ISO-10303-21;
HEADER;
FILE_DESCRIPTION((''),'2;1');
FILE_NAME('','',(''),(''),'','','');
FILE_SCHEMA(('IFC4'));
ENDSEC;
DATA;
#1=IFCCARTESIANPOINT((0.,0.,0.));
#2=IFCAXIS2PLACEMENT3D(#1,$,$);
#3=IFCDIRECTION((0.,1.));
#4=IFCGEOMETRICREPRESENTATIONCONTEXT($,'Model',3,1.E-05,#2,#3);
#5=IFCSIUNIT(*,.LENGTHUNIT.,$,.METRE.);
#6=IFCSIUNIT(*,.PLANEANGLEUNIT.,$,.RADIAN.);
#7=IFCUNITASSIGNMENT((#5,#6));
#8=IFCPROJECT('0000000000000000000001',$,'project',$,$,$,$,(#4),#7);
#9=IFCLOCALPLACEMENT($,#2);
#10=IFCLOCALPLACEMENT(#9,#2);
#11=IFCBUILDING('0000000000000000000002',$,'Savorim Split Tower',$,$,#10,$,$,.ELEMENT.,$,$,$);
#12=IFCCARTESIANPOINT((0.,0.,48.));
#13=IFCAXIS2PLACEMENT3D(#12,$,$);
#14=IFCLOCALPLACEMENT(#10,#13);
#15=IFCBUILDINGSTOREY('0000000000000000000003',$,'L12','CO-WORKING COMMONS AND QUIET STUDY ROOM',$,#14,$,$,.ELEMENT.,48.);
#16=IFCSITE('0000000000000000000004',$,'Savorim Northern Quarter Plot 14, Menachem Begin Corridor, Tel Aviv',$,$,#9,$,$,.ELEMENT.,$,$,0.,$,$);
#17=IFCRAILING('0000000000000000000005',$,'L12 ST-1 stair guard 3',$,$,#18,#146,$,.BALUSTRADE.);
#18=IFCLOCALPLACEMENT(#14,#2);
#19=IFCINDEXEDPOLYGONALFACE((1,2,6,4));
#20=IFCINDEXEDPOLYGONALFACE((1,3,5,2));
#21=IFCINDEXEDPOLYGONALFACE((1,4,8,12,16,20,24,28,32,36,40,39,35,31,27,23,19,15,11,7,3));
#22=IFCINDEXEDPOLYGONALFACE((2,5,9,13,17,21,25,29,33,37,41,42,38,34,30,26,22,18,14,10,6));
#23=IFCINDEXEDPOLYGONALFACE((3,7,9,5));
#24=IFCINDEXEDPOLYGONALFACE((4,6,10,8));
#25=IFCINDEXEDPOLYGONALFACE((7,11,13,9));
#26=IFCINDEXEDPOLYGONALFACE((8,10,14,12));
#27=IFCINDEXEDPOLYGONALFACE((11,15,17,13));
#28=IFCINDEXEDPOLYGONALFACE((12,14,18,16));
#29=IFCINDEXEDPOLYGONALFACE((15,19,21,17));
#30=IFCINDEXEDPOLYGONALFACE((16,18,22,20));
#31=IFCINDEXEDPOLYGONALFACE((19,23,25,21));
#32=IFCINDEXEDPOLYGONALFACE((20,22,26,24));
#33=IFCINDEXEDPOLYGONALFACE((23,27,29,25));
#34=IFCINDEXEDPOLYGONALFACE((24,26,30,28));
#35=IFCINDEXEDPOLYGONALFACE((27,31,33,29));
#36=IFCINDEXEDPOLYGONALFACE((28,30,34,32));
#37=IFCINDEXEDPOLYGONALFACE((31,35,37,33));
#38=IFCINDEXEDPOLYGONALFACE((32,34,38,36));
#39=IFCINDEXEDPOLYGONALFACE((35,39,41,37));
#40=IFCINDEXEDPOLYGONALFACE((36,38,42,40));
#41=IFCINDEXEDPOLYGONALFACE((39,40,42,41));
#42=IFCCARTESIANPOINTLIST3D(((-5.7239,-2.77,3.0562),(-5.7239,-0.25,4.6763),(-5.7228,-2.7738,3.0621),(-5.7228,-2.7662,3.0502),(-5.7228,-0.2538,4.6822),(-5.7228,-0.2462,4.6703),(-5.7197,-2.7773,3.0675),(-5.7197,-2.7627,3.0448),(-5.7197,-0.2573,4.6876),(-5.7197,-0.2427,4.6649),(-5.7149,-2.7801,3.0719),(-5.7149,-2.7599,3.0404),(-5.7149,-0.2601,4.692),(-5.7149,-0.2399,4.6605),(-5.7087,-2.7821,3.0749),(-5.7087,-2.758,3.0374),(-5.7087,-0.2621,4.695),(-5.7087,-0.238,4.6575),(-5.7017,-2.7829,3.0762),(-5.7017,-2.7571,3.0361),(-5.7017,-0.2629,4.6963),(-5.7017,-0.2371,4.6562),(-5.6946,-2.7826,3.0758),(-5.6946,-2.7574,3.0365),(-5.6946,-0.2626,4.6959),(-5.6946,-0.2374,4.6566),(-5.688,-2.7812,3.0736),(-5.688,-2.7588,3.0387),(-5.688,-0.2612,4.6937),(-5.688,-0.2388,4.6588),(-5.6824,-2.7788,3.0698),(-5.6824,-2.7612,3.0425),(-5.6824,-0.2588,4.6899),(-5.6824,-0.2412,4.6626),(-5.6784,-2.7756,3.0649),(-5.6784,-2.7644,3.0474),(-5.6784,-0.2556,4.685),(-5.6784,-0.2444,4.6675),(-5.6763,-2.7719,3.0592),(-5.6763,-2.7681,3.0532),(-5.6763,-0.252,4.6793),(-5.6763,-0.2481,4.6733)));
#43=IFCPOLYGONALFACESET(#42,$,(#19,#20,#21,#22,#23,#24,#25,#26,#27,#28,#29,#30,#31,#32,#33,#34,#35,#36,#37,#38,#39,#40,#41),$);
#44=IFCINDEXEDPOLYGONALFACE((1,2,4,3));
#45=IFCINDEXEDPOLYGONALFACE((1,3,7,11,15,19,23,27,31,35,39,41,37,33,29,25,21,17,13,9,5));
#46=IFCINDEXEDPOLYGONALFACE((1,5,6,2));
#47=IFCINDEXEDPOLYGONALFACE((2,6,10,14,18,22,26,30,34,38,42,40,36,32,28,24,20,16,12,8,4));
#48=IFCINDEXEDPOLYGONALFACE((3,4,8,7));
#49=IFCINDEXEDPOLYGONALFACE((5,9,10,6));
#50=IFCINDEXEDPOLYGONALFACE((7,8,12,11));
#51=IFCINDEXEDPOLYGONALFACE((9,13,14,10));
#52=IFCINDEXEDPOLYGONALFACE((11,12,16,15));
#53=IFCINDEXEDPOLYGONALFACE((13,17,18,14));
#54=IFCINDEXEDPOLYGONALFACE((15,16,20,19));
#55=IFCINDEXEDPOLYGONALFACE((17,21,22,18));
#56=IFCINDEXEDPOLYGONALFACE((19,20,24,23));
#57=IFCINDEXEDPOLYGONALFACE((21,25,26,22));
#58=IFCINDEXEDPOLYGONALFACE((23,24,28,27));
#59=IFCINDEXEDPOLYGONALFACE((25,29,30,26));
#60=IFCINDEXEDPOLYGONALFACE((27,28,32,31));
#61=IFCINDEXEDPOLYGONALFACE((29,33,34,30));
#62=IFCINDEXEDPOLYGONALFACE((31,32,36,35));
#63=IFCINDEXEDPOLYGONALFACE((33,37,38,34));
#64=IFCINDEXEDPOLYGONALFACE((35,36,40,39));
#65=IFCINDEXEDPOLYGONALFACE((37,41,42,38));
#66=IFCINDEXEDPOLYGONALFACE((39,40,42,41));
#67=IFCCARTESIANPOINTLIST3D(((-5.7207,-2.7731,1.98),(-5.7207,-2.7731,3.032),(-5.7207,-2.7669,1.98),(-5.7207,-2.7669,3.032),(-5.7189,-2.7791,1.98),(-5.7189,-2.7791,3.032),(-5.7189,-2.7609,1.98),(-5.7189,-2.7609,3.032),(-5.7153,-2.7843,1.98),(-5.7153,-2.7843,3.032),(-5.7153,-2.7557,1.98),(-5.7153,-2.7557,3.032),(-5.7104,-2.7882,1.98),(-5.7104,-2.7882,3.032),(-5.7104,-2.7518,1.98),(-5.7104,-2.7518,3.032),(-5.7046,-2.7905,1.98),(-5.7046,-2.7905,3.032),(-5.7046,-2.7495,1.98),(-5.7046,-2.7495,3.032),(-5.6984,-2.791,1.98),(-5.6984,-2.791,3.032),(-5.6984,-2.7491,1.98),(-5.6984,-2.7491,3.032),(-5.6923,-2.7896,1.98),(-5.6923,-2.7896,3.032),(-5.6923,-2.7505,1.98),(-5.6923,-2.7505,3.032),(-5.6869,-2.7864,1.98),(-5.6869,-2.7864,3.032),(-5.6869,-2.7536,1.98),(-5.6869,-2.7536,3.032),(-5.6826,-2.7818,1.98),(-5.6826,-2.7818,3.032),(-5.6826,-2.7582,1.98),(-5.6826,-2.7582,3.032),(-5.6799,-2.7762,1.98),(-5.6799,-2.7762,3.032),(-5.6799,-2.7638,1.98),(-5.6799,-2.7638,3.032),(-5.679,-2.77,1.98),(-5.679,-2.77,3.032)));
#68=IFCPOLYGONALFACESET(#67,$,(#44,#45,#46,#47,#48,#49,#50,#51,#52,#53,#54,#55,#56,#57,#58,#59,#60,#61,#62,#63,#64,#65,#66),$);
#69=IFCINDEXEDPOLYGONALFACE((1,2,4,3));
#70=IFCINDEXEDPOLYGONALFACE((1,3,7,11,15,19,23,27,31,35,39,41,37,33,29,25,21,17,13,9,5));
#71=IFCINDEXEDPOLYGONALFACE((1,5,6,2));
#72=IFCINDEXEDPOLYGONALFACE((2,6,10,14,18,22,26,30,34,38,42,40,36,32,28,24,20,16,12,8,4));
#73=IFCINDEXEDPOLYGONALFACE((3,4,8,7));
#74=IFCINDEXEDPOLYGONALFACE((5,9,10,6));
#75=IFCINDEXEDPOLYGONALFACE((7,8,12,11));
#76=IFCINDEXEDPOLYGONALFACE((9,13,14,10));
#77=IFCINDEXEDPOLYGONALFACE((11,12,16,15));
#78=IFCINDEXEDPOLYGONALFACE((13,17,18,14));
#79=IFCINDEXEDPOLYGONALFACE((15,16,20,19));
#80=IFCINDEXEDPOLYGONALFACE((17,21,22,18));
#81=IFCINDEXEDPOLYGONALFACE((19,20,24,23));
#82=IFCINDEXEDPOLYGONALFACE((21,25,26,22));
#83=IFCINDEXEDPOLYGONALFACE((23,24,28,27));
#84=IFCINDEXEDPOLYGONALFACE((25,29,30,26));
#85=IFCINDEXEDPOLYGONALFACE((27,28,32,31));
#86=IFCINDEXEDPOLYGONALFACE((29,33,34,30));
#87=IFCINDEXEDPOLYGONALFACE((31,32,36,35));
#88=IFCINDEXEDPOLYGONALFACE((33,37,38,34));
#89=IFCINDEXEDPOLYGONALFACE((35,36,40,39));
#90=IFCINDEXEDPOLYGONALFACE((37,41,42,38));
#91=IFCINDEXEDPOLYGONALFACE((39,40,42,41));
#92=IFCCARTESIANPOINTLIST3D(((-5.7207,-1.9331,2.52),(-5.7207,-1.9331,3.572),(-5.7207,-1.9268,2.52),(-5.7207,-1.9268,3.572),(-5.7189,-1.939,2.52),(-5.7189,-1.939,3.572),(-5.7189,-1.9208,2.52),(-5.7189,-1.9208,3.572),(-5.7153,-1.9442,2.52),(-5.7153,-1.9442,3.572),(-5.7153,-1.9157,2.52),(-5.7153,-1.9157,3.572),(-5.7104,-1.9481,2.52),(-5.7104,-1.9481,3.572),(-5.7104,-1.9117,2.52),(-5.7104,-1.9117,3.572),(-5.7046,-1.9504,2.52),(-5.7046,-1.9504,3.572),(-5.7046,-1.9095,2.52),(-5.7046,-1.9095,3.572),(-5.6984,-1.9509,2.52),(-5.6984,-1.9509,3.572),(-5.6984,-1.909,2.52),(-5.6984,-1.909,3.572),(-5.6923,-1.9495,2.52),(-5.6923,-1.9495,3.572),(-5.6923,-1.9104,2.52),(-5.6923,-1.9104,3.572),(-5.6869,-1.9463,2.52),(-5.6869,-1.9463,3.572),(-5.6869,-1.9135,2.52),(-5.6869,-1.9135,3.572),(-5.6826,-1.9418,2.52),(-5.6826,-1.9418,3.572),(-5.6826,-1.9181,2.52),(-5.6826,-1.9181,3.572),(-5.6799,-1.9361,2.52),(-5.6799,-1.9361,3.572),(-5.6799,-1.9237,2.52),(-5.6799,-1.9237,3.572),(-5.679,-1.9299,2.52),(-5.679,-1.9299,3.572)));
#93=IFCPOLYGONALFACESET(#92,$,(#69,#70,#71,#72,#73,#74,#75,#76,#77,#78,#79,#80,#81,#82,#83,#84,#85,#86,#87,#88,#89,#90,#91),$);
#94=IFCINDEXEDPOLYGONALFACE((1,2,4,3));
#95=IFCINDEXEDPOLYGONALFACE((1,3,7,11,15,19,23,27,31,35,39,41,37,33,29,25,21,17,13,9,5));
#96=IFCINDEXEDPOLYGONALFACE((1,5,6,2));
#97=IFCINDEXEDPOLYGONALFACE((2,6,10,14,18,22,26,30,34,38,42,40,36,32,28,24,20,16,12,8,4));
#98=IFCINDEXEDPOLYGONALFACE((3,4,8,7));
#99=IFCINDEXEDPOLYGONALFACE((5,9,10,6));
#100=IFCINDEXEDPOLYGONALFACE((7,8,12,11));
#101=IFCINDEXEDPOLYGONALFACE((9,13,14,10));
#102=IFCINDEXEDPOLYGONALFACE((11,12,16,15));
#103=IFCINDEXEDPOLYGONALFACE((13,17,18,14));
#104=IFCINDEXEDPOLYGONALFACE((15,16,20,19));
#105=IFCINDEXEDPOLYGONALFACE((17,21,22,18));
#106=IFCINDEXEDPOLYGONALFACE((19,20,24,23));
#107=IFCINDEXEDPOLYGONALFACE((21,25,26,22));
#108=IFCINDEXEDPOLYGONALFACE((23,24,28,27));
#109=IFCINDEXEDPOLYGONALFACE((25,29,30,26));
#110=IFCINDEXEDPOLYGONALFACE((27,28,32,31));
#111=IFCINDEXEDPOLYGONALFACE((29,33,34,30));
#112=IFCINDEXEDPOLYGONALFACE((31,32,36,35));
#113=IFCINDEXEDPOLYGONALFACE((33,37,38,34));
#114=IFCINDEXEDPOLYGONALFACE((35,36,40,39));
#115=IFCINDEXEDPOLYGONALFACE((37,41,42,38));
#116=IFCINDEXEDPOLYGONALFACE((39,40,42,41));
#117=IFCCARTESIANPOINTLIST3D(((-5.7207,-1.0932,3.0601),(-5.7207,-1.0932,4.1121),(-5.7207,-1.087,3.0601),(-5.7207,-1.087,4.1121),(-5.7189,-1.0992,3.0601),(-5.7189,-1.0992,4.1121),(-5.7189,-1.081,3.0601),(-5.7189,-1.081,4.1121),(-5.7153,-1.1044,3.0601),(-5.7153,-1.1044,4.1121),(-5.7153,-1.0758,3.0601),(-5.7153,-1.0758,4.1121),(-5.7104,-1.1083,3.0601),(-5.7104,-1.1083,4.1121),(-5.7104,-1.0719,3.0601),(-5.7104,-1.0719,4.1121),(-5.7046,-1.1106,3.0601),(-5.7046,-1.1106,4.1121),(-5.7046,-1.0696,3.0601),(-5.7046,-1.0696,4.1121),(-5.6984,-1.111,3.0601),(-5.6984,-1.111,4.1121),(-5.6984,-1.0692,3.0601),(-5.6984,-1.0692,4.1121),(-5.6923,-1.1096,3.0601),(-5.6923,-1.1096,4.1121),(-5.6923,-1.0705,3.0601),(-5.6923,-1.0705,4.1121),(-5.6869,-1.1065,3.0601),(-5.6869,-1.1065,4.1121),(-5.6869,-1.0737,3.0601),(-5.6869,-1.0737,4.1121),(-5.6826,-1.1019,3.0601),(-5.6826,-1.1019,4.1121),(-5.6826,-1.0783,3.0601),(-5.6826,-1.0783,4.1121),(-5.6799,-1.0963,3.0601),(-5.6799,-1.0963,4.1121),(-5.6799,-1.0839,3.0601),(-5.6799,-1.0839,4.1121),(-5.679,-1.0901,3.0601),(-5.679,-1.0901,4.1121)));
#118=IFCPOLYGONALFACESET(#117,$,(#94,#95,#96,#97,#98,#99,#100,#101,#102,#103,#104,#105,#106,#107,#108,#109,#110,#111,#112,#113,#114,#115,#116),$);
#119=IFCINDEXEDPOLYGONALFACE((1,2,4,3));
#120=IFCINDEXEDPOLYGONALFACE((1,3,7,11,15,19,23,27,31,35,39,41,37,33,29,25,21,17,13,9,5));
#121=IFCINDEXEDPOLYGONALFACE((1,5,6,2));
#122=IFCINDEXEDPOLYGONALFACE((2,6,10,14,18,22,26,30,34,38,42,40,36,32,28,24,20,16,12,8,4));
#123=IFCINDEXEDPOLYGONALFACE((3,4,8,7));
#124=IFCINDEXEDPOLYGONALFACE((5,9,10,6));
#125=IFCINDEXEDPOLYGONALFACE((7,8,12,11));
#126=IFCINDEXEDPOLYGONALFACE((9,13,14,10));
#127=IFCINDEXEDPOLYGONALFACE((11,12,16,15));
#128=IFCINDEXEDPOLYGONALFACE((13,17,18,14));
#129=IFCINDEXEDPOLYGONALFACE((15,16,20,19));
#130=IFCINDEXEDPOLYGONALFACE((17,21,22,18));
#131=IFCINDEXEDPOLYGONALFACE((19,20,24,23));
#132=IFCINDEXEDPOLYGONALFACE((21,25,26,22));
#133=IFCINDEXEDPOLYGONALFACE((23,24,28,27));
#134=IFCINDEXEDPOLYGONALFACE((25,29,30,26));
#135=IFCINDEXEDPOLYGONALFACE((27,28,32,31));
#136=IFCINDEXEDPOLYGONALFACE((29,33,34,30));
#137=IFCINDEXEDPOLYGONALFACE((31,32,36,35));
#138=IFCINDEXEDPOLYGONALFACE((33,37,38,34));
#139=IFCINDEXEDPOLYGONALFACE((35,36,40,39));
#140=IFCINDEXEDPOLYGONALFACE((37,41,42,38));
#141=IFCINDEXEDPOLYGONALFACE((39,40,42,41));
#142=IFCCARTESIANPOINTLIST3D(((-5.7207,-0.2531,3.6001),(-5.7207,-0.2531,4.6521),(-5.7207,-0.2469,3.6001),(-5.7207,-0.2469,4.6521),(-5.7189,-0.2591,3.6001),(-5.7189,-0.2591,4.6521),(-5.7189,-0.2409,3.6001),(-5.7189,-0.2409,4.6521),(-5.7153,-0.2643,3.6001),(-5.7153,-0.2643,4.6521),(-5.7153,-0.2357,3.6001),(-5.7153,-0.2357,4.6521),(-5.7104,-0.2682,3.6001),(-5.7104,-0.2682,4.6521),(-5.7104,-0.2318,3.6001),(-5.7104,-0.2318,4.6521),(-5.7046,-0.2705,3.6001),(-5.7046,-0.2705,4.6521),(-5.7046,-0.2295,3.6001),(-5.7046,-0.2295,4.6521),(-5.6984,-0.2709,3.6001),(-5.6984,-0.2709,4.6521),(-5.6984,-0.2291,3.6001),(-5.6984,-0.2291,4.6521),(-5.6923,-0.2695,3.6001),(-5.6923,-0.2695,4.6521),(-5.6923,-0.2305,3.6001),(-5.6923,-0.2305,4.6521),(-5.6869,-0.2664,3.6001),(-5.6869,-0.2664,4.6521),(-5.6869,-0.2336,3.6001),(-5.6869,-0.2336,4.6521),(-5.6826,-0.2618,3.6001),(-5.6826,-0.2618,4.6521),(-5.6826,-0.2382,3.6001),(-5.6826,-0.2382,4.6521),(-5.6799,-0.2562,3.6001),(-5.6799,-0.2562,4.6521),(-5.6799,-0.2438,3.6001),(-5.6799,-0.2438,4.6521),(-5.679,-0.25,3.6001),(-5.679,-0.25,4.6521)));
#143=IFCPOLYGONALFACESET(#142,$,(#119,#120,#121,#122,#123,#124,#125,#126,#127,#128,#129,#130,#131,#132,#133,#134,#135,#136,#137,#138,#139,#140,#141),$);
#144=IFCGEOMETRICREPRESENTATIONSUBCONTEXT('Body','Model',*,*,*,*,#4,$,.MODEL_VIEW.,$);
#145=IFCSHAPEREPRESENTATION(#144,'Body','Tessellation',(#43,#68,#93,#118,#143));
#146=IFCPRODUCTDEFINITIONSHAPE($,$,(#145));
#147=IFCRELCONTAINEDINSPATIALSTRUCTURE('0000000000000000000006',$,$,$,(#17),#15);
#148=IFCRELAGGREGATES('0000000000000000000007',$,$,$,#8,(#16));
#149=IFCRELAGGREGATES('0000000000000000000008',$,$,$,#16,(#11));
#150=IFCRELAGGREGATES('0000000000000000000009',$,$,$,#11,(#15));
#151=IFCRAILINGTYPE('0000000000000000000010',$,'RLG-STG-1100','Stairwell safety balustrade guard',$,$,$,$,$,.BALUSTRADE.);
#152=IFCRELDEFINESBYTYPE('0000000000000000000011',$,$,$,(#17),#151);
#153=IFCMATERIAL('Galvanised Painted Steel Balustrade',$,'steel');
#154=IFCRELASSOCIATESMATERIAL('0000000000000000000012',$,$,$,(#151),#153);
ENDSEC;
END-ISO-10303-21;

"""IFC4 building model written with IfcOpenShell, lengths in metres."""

from ifc_helpers import new_model, si_unit, direction, frame, origin, origin_2d, place, context, subcontext, project, spatial, circle, extrude, material, type_object, element, save


model = new_model("IFC4")

# Units and contexts
model_context = context("Model", 3, precision=1e-05, world=origin(), true_north=direction((0.0, 1.0)))
body_context = subcontext(model_context, "Body", "Model", "MODEL_VIEW")
ifc_project = project(units=[si_unit("LENGTHUNIT", "METRE"), si_unit("PLANEANGLEUNIT", "RADIAN")], contexts=[model_context])

# Site, building, storey
site_placement = place(None, origin())
site = spatial("IfcSite", under=ifc_project, at=site_placement, Name="Savorim Northern Quarter Plot 14, Menachem Begin Corridor, Tel Aviv", CompositionType="ELEMENT", RefElevation=0.0)
building_placement = place(site_placement, origin())
building = spatial("IfcBuilding", under=site, at=building_placement, Name="Savorim Split Tower", CompositionType="ELEMENT")
storey_placement = place(building_placement, frame((0.0, 0.0, 48.0)))
storey = spatial("IfcBuildingStorey", under=building, at=storey_placement, Name="L12", Description="CO-WORKING COMMONS AND QUIET STUDY ROOM", CompositionType="ELEMENT", Elevation=48.0)

# Railing
ifc_material_1 = material(Name="Galvanised Painted Steel Balustrade", Category="steel")
railing_type_1 = type_object("IfcRailingType", Name="RLG-STG-1100", Description="Stairwell safety balustrade guard", PredefinedType="BALUSTRADE", material=ifc_material_1)
railing_1_placement = place(storey_placement, frame((-5.7, -2.77, 1.98)))
element("IfcRailing", 1, at=railing_1_placement, inside=storey, type_object=railing_type_1, Name="L12 ST-1 stair guard 3", PredefinedType="BALUSTRADE", context=body_context, shape_type="SweptSolid", body=[
    extrude(circle(Radius=0.0239, at=origin_2d()), frame((0.0, 0.0, 1.0762), z_axis=(0.0, 0.841163, 0.540782), x_axis=(-1.0, 0.0, 0.0)), (0.0, 0.0, 1.0), 2.9958),
    extrude(circle(Radius=0.021, at=origin_2d()), origin(), (0.0, 0.0, 1.0), 1.052),
    extrude(circle(Radius=0.021, at=origin_2d()), frame((0.0, 0.8401, 0.54)), (0.0, 0.0, 1.0), 1.052),
    extrude(circle(Radius=0.021, at=origin_2d()), frame((0.0, 1.6799, 1.0801)), (0.0, 0.0, 1.0), 1.052),
    extrude(circle(Radius=0.021, at=origin_2d()), frame((0.0, 2.52, 1.6201)), (0.0, 0.0, 1.0), 1.052),
])

save(model, "model.ifc")
